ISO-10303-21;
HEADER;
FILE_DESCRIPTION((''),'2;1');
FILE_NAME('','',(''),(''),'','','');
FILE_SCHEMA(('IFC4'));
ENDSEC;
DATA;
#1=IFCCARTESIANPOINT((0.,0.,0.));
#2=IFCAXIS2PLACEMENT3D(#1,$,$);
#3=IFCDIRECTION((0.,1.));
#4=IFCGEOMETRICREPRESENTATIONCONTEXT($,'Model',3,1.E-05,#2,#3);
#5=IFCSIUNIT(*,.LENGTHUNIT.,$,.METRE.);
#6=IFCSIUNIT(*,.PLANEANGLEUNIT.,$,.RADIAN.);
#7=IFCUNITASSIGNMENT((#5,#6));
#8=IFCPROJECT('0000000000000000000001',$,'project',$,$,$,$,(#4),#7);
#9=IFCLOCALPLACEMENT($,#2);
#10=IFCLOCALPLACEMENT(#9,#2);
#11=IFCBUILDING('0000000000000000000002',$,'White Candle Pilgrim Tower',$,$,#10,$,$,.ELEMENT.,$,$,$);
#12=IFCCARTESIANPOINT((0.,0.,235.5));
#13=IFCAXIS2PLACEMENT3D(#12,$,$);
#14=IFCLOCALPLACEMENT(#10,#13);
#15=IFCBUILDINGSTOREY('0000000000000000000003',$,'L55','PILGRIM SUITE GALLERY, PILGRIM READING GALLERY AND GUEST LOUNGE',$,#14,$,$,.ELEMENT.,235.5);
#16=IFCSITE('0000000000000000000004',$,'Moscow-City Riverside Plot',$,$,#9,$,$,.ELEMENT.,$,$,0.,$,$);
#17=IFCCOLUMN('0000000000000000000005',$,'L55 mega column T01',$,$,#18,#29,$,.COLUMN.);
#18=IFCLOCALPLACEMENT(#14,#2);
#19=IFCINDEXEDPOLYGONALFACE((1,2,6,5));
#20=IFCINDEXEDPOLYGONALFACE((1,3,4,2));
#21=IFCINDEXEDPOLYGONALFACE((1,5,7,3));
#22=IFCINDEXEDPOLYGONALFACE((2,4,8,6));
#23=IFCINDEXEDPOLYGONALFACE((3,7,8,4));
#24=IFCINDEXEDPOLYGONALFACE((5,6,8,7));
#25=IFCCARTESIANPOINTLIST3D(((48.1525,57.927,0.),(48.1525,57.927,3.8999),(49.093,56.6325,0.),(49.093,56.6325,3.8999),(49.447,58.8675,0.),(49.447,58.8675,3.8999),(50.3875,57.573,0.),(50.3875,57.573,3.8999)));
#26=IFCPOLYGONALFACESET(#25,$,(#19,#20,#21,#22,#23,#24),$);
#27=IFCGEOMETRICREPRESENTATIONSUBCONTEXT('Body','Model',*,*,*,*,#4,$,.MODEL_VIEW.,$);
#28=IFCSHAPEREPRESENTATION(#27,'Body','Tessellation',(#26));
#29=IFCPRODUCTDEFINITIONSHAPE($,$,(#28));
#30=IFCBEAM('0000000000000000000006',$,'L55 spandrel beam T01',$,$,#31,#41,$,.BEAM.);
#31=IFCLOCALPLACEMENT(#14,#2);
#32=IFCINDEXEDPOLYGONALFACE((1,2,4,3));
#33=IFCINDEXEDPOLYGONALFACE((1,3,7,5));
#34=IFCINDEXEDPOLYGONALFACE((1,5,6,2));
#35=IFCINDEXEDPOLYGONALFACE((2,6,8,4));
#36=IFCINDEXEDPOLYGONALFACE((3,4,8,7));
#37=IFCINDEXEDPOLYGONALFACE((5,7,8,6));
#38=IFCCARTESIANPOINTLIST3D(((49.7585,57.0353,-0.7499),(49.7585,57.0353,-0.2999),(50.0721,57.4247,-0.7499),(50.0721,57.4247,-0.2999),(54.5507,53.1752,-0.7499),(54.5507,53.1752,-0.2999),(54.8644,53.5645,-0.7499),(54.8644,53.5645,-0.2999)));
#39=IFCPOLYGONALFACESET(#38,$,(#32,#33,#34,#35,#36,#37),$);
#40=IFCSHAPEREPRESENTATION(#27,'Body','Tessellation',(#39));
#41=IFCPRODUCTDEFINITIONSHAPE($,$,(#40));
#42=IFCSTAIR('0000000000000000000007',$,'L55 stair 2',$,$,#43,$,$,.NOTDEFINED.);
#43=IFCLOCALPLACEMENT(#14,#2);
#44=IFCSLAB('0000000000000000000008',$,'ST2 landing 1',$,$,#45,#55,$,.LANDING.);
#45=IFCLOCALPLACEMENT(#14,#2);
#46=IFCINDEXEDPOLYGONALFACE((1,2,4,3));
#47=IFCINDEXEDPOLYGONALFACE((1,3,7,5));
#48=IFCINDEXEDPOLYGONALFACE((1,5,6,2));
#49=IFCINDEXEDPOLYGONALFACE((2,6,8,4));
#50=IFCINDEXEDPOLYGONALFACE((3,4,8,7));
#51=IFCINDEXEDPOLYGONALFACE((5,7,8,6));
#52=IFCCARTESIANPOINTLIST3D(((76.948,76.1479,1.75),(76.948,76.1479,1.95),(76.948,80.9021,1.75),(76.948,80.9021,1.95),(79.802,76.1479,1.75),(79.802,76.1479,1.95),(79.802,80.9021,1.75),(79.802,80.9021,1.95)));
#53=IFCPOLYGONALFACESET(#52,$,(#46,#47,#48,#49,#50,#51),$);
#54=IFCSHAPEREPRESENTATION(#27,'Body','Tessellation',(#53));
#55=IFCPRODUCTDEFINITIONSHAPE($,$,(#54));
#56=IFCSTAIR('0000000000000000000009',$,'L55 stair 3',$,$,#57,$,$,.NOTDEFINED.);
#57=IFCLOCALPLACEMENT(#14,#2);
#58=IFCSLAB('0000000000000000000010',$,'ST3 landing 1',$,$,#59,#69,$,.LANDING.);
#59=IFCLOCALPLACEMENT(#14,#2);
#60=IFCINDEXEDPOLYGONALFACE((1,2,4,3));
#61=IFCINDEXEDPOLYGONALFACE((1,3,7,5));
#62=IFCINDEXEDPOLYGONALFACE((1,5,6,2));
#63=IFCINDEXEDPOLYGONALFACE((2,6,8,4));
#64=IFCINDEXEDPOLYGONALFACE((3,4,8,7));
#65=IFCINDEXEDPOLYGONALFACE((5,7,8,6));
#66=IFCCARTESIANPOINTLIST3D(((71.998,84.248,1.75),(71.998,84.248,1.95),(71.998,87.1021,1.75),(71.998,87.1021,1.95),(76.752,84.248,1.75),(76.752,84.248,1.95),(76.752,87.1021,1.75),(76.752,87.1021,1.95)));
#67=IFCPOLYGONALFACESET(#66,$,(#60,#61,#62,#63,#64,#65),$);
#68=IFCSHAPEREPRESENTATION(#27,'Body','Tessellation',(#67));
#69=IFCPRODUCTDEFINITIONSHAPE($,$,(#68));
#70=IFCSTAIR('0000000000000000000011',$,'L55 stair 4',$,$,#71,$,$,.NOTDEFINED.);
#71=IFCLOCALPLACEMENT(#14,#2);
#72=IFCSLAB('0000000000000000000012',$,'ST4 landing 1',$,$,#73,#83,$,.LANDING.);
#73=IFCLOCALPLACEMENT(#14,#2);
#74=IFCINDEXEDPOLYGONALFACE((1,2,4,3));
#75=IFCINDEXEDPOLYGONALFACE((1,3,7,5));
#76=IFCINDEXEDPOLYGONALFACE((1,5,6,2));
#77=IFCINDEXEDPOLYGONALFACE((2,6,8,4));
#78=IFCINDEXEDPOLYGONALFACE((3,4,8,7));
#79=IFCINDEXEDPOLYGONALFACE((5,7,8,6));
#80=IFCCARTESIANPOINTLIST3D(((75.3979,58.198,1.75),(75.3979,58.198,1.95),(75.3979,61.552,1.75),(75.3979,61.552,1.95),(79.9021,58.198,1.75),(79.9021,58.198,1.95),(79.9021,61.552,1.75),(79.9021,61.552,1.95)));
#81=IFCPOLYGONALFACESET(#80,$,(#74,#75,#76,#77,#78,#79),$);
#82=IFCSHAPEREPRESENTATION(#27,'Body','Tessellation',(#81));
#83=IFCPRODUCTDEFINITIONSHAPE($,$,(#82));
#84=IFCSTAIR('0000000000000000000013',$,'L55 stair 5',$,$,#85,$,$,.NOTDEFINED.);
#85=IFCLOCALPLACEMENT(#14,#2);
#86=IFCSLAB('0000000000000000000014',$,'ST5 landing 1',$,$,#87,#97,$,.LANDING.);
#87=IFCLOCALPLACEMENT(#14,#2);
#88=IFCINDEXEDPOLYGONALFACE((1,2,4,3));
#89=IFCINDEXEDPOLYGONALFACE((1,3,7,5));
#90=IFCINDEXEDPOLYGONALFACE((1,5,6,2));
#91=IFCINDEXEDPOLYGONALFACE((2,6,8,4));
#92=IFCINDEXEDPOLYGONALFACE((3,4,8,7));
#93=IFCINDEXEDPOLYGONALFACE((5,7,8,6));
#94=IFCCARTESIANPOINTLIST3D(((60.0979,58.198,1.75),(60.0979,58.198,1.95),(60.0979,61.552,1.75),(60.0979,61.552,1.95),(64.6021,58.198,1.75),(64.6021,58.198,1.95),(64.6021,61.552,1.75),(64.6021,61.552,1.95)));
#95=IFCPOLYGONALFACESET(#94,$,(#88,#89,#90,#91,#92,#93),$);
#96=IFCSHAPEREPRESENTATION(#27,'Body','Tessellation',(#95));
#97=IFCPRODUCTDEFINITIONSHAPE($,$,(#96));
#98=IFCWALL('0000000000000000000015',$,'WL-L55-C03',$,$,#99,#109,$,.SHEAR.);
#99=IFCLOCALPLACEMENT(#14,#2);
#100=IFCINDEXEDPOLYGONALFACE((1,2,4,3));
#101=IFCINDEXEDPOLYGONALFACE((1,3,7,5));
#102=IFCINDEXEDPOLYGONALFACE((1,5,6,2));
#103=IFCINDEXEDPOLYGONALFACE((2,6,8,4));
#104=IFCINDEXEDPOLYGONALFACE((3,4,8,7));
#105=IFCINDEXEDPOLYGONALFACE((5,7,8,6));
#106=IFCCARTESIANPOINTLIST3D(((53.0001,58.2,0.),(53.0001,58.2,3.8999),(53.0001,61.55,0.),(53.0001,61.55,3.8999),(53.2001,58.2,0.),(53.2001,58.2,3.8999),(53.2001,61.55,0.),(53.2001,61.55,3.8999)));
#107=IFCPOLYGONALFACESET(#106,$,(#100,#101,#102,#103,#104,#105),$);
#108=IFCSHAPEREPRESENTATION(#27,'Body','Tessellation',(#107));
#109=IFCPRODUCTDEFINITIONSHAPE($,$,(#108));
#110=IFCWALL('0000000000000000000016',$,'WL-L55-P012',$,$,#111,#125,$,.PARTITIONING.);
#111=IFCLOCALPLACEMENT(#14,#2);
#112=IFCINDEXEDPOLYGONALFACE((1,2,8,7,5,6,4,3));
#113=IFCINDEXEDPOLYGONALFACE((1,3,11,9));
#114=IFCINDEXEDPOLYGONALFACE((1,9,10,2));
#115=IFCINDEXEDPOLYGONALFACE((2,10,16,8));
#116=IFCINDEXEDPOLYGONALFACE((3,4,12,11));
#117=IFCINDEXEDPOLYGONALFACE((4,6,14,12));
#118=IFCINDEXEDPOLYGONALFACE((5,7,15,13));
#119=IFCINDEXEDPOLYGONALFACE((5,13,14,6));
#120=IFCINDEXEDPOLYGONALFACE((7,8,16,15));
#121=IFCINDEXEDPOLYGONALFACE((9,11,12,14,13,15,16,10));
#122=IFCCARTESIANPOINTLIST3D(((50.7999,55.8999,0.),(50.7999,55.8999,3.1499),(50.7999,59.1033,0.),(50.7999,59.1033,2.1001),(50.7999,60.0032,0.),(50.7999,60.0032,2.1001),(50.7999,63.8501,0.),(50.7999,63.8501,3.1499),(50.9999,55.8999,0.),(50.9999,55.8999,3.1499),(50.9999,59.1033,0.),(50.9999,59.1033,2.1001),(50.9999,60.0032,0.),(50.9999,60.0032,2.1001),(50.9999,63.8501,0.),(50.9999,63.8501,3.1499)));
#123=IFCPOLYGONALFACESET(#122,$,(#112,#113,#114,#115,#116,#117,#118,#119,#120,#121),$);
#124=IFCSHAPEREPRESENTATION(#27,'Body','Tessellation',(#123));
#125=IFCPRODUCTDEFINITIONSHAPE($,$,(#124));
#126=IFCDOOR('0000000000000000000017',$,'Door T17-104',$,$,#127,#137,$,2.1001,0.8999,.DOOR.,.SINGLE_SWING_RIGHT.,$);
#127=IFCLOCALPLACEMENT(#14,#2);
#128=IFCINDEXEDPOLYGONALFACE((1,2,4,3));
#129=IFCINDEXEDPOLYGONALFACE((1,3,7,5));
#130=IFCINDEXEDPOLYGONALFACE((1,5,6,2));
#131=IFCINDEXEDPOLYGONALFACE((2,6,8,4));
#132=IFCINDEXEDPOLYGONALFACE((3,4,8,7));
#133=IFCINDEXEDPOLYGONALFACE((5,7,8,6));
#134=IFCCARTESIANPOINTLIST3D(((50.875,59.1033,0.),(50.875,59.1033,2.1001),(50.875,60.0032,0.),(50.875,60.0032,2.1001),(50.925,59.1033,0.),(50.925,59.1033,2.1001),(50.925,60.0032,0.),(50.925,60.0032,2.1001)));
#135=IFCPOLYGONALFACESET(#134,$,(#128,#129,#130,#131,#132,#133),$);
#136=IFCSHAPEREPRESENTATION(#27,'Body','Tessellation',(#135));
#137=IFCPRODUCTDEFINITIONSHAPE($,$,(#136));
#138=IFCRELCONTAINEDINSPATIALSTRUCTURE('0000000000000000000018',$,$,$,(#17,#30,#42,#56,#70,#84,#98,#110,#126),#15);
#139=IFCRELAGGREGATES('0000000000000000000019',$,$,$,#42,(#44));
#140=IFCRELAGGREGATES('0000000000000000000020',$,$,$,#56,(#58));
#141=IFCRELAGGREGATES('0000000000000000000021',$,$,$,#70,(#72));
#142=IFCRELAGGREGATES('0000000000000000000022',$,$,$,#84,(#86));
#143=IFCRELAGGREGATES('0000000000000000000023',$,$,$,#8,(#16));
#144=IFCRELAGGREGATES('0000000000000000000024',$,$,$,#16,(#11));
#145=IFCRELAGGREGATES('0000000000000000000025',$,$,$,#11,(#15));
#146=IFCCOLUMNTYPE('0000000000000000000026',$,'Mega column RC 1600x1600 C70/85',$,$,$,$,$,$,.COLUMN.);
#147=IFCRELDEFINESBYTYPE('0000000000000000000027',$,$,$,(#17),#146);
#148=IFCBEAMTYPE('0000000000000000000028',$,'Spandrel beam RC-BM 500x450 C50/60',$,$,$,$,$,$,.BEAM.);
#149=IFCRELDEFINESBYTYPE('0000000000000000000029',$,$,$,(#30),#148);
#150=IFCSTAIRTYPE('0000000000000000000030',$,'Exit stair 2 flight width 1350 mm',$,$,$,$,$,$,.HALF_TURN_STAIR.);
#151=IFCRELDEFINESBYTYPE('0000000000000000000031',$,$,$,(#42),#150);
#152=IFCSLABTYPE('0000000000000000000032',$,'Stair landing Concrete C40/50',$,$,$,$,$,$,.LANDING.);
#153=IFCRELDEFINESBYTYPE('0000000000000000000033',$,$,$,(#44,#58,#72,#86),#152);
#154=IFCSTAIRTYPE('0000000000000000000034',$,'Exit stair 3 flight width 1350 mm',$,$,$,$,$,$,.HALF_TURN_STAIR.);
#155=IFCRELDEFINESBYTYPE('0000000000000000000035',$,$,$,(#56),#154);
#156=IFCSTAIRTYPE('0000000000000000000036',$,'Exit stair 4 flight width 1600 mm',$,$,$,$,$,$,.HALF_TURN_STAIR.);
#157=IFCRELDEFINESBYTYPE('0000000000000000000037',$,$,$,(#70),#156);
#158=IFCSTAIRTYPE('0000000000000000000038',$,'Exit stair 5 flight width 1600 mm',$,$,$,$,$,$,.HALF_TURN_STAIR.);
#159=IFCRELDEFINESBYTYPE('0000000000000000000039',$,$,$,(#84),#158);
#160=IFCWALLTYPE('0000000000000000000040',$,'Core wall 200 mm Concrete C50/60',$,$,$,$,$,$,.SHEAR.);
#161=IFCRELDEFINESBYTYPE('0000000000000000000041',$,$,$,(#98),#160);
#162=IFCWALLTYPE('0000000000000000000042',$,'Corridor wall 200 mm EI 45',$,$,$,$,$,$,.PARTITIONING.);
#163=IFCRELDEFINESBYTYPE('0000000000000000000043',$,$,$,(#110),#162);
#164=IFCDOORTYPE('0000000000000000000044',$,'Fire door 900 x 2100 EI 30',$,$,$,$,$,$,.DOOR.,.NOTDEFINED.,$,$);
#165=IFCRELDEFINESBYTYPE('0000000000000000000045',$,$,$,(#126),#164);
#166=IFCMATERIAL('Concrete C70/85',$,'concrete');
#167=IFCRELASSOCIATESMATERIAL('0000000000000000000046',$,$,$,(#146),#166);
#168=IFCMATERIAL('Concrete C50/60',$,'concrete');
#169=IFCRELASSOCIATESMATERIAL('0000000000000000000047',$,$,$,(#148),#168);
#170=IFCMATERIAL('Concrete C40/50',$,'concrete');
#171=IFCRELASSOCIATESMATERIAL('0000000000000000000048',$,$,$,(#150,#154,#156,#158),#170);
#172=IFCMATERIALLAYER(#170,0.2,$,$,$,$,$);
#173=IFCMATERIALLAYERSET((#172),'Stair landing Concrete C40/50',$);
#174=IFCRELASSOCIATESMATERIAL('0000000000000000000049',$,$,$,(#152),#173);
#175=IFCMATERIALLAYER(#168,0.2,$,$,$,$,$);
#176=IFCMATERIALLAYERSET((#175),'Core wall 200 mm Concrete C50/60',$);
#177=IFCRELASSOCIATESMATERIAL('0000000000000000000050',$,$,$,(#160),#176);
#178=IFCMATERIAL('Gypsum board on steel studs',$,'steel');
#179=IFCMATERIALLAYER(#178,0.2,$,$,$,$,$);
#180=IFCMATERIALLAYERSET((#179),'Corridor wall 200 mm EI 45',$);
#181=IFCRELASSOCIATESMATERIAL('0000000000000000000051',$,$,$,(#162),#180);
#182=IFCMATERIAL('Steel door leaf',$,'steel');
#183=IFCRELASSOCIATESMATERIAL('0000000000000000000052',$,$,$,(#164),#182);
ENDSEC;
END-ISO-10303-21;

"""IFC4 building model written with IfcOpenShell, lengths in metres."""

from ifc_helpers import new_model, si_unit, direction, frame, frame_2d, origin, origin_2d, place, context, subcontext, project, spatial, polyline, rectangle, outline, extrude, material, layer, layer_set, material_profile, profile_set, type_object, element, fill, aggregate, save


model = new_model("IFC4")

# Units and contexts
model_context = context("Model", 3, precision=1e-05, world=origin(), true_north=direction((0.0, 1.0)))
body_context = subcontext(model_context, "Body", "Model", "MODEL_VIEW")
ifc_project = project(units=[si_unit("LENGTHUNIT", "METRE"), si_unit("PLANEANGLEUNIT", "RADIAN")], contexts=[model_context])

# Site, building, storey
site_placement = place(None, origin())
site = spatial("IfcSite", under=ifc_project, at=site_placement, Name="Moscow-City Riverside Plot", CompositionType="ELEMENT", RefElevation=0.0)
building_placement = place(site_placement, origin())
building = spatial("IfcBuilding", under=site, at=building_placement, Name="White Candle Pilgrim Tower", CompositionType="ELEMENT")
storey_placement = place(building_placement, frame((0.0, 0.0, 235.5)))
storey = spatial("IfcBuildingStorey", under=building, at=storey_placement, Name="L55", Description="PILGRIM SUITE GALLERY, PILGRIM READING GALLERY AND GUEST LOUNGE", CompositionType="ELEMENT", Elevation=235.5)

# Column
ifc_material_1 = material(Name="Concrete C70/85", Category="concrete")
ifc_material_profile_1 = material_profile(ifc_material_1, rectangle(XDim=1.6001, YDim=1.6001, at=origin_2d()), Name="RC 1600x1600")
ifc_profile_set_1 = profile_set([ifc_material_profile_1], Name="Concrete C70/85")
column_type = type_object("IfcColumnType", Name="Mega column RC 1600x1600 C70/85", PredefinedType="COLUMN", material=ifc_profile_set_1)
column_placement = place(storey_placement, frame((49.27, 57.75, 0.0), z_axis=(0.0, 0.0, 1.0), x_axis=(-0.809017, -0.587785, 0.0)))
element("IfcColumn", 1, at=column_placement, inside=storey, type_object=column_type, Name="L55 mega column T01", PredefinedType="COLUMN", context=body_context, shape_type="SweptSolid", body=[
    extrude(rectangle(XDim=1.6001, YDim=1.6001, at=origin_2d()), origin(), (0.0, 0.0, 1.0), 3.8999),
])

# Beam
ifc_material_2 = material(Name="Concrete C50/60", Category="concrete")
ifc_material_profile_2 = material_profile(ifc_material_2, rectangle(XDim=0.5, YDim=0.45, at=origin_2d()), Name="RC-BM 500x450")
ifc_profile_set_2 = profile_set([ifc_material_profile_2], Name="Concrete C50/60")
beam_type = type_object("IfcBeamType", Name="Spandrel beam RC-BM 500x450 C50/60", PredefinedType="BEAM", material=ifc_profile_set_2)
beam_placement = place(storey_placement, frame((49.9153, 57.23, -0.5249), z_axis=(0.778778, -0.627299, 0.0), x_axis=(0.627299, 0.778778, 0.0)))
element("IfcBeam", 2, at=beam_placement, inside=storey, type_object=beam_type, Name="L55 spandrel beam T01", PredefinedType="BEAM", context=body_context, shape_type="SweptSolid", body=[
    extrude(rectangle(XDim=0.5, YDim=0.45, at=origin_2d()), origin(), (0.0, 0.0, 1.0), 6.1536),
])

# Stairs, slabs
ifc_material_3 = material(Name="Concrete C40/50", Category="concrete")
stair_type_1 = type_object("IfcStairType", Name="Exit stair 2 flight width 1350 mm", PredefinedType="HALF_TURN_STAIR", material=ifc_material_3)
stair_1_placement = place(storey_placement, origin())
stair_1 = element("IfcStair", 3, at=stair_1_placement, inside=storey, type_object=stair_type_1, Name="L55 stair 2", PredefinedType="NOTDEFINED")
ifc_layer_1 = layer(ifc_material_3, 0.2)
ifc_layer_set_1 = layer_set([ifc_layer_1], Name="Stair landing Concrete C40/50")
slab_type = type_object("IfcSlabType", Name="Stair landing Concrete C40/50", PredefinedType="LANDING", material=ifc_layer_set_1)
slab_1_placement = place(storey_placement, frame((0.0, 0.0, 1.75)))
slab_1 = element("IfcSlab", 4, at=slab_1_placement, type_object=slab_type, Name="ST2 landing 1", PredefinedType="LANDING", context=body_context, shape_type="SweptSolid", body=[
    extrude(outline(polyline([(79.802, 76.1479), (76.948, 76.1479), (76.948, 80.9021), (79.802, 80.9021), (79.802, 76.1479)])), origin(), (0.0, 0.0, 1.0), 0.2),
])
aggregate(stair_1, [slab_1])
stair_type_2 = type_object("IfcStairType", Name="Exit stair 3 flight width 1350 mm", PredefinedType="HALF_TURN_STAIR", material=ifc_material_3)
stair_2_placement = place(storey_placement, origin())
stair_2 = element("IfcStair", 5, at=stair_2_placement, inside=storey, type_object=stair_type_2, Name="L55 stair 3", PredefinedType="NOTDEFINED")
slab_2_placement = place(storey_placement, frame((0.0, 0.0, 1.75)))
slab_2 = element("IfcSlab", 6, at=slab_2_placement, type_object=slab_type, Name="ST3 landing 1", PredefinedType="LANDING", context=body_context, shape_type="SweptSolid", body=[
    extrude(outline(polyline([(71.998, 84.248), (71.998, 87.1021), (76.752, 87.1021), (76.752, 84.248), (71.998, 84.248)])), origin(), (0.0, 0.0, 1.0), 0.2),
])
aggregate(stair_2, [slab_2])
stair_type_3 = type_object("IfcStairType", Name="Exit stair 4 flight width 1600 mm", PredefinedType="HALF_TURN_STAIR", material=ifc_material_3)
stair_3_placement = place(storey_placement, origin())
stair_3 = element("IfcStair", 7, at=stair_3_placement, inside=storey, type_object=stair_type_3, Name="L55 stair 4", PredefinedType="NOTDEFINED")
slab_3_placement = place(storey_placement, frame((0.0, 0.0, 1.75)))
slab_3 = element("IfcSlab", 8, at=slab_3_placement, type_object=slab_type, Name="ST4 landing 1", PredefinedType="LANDING", context=body_context, shape_type="SweptSolid", body=[
    extrude(outline(polyline([(79.9021, 61.552), (79.9021, 58.198), (75.3979, 58.198), (75.3979, 61.552), (79.9021, 61.552)])), origin(), (0.0, 0.0, 1.0), 0.2),
])
aggregate(stair_3, [slab_3])
stair_type_4 = type_object("IfcStairType", Name="Exit stair 5 flight width 1600 mm", PredefinedType="HALF_TURN_STAIR", material=ifc_material_3)
stair_4_placement = place(storey_placement, origin())
stair_4 = element("IfcStair", 9, at=stair_4_placement, inside=storey, type_object=stair_type_4, Name="L55 stair 5", PredefinedType="NOTDEFINED")
slab_4_placement = place(storey_placement, frame((0.0, 0.0, 1.75)))
slab_4 = element("IfcSlab", 10, at=slab_4_placement, type_object=slab_type, Name="ST5 landing 1", PredefinedType="LANDING", context=body_context, shape_type="SweptSolid", body=[
    extrude(outline(polyline([(60.0979, 58.198), (60.0979, 61.552), (64.6021, 61.552), (64.6021, 58.198), (60.0979, 58.198)])), origin(), (0.0, 0.0, 1.0), 0.2),
])
aggregate(stair_4, [slab_4])

# Wall
ifc_layer_2 = layer(ifc_material_2, 0.2)
ifc_layer_set_2 = layer_set([ifc_layer_2], Name="Core wall 200 mm Concrete C50/60")
wall_type_1 = type_object("IfcWallType", Name="Core wall 200 mm Concrete C50/60", PredefinedType="SHEAR", material=ifc_layer_set_2)
wall_1_placement = place(storey_placement, frame((53.1001, 58.2, 0.0), z_axis=(0.0, 0.0, 1.0), x_axis=(0.0, 1.0, 0.0)))
element("IfcWall", 11, at=wall_1_placement, inside=storey, type_object=wall_type_1, Name="WL-L55-C03", PredefinedType="SHEAR", context=body_context, shape_type="SweptSolid", body=[
    extrude(rectangle(XDim=3.3501, YDim=0.2, at=frame_2d((1.675, 0.0))), origin(), (0.0, 0.0, 1.0), 3.8999),
])

# Wall, opening, door
ifc_material_4 = material(Name="Gypsum board on steel studs", Category="steel")
ifc_layer_3 = layer(ifc_material_4, 0.2)
ifc_layer_set_3 = layer_set([ifc_layer_3], Name="Corridor wall 200 mm EI 45")
wall_type_2 = type_object("IfcWallType", Name="Corridor wall 200 mm EI 45", PredefinedType="PARTITIONING", material=ifc_layer_set_3)
wall_2_placement = place(storey_placement, frame((50.8999, 55.8999, 0.0), z_axis=(0.0, 0.0, 1.0), x_axis=(0.0, 1.0, 0.0)))
wall_2 = element("IfcWall", 12, at=wall_2_placement, inside=storey, type_object=wall_type_2, Name="WL-L55-P012", PredefinedType="PARTITIONING", context=body_context, shape_type="SweptSolid", body=[
    extrude(rectangle(XDim=7.9502, YDim=0.2, at=frame_2d((3.9751, 0.0))), origin(), (0.0, 0.0, 1.0), 3.1499),
])
opening_1_placement = place(wall_2_placement, frame((3.2034, 0.0, 0.0)))
opening_1 = element("IfcOpeningElement", 13, at=opening_1_placement, cuts=wall_2, PredefinedType="OPENING", context=body_context, shape_type="SweptSolid", body=[
    extrude(rectangle(XDim=0.8999, YDim=2.1001, at=frame_2d((0.45, 1.05))), frame((0.0, 0.1099, 0.0), z_axis=(0.0, -1.0, 0.0), x_axis=(1.0, 0.0, 0.0)), (0.0, 0.0, 1.0), 0.22),
])
ifc_material_5 = material(Name="Steel door leaf", Category="steel")
door_type_1 = type_object("IfcDoorType", Name="Fire door 900 x 2100 EI 30", OperationType="NOTDEFINED", PredefinedType="DOOR", material=ifc_material_5)
door_1_placement = place(opening_1_placement, origin())
door_1 = element("IfcDoor", 14, at=door_1_placement, inside=storey, type_object=door_type_1, Name="Door T17-104", OperationType="SINGLE_SWING_RIGHT", OverallHeight=2.1001, OverallWidth=0.8999, PredefinedType="DOOR", context=body_context, shape_type="SweptSolid", body=[
    extrude(rectangle(XDim=0.8999, YDim=2.1001, at=frame_2d((0.45, 1.05))), frame((0.0, 0.0249, 0.0), z_axis=(0.0, -1.0, 0.0), x_axis=(1.0, 0.0, 0.0)), (0.0, 0.0, 1.0), 0.05),
])
fill(opening_1, door_1)

save(model, "model.ifc")
